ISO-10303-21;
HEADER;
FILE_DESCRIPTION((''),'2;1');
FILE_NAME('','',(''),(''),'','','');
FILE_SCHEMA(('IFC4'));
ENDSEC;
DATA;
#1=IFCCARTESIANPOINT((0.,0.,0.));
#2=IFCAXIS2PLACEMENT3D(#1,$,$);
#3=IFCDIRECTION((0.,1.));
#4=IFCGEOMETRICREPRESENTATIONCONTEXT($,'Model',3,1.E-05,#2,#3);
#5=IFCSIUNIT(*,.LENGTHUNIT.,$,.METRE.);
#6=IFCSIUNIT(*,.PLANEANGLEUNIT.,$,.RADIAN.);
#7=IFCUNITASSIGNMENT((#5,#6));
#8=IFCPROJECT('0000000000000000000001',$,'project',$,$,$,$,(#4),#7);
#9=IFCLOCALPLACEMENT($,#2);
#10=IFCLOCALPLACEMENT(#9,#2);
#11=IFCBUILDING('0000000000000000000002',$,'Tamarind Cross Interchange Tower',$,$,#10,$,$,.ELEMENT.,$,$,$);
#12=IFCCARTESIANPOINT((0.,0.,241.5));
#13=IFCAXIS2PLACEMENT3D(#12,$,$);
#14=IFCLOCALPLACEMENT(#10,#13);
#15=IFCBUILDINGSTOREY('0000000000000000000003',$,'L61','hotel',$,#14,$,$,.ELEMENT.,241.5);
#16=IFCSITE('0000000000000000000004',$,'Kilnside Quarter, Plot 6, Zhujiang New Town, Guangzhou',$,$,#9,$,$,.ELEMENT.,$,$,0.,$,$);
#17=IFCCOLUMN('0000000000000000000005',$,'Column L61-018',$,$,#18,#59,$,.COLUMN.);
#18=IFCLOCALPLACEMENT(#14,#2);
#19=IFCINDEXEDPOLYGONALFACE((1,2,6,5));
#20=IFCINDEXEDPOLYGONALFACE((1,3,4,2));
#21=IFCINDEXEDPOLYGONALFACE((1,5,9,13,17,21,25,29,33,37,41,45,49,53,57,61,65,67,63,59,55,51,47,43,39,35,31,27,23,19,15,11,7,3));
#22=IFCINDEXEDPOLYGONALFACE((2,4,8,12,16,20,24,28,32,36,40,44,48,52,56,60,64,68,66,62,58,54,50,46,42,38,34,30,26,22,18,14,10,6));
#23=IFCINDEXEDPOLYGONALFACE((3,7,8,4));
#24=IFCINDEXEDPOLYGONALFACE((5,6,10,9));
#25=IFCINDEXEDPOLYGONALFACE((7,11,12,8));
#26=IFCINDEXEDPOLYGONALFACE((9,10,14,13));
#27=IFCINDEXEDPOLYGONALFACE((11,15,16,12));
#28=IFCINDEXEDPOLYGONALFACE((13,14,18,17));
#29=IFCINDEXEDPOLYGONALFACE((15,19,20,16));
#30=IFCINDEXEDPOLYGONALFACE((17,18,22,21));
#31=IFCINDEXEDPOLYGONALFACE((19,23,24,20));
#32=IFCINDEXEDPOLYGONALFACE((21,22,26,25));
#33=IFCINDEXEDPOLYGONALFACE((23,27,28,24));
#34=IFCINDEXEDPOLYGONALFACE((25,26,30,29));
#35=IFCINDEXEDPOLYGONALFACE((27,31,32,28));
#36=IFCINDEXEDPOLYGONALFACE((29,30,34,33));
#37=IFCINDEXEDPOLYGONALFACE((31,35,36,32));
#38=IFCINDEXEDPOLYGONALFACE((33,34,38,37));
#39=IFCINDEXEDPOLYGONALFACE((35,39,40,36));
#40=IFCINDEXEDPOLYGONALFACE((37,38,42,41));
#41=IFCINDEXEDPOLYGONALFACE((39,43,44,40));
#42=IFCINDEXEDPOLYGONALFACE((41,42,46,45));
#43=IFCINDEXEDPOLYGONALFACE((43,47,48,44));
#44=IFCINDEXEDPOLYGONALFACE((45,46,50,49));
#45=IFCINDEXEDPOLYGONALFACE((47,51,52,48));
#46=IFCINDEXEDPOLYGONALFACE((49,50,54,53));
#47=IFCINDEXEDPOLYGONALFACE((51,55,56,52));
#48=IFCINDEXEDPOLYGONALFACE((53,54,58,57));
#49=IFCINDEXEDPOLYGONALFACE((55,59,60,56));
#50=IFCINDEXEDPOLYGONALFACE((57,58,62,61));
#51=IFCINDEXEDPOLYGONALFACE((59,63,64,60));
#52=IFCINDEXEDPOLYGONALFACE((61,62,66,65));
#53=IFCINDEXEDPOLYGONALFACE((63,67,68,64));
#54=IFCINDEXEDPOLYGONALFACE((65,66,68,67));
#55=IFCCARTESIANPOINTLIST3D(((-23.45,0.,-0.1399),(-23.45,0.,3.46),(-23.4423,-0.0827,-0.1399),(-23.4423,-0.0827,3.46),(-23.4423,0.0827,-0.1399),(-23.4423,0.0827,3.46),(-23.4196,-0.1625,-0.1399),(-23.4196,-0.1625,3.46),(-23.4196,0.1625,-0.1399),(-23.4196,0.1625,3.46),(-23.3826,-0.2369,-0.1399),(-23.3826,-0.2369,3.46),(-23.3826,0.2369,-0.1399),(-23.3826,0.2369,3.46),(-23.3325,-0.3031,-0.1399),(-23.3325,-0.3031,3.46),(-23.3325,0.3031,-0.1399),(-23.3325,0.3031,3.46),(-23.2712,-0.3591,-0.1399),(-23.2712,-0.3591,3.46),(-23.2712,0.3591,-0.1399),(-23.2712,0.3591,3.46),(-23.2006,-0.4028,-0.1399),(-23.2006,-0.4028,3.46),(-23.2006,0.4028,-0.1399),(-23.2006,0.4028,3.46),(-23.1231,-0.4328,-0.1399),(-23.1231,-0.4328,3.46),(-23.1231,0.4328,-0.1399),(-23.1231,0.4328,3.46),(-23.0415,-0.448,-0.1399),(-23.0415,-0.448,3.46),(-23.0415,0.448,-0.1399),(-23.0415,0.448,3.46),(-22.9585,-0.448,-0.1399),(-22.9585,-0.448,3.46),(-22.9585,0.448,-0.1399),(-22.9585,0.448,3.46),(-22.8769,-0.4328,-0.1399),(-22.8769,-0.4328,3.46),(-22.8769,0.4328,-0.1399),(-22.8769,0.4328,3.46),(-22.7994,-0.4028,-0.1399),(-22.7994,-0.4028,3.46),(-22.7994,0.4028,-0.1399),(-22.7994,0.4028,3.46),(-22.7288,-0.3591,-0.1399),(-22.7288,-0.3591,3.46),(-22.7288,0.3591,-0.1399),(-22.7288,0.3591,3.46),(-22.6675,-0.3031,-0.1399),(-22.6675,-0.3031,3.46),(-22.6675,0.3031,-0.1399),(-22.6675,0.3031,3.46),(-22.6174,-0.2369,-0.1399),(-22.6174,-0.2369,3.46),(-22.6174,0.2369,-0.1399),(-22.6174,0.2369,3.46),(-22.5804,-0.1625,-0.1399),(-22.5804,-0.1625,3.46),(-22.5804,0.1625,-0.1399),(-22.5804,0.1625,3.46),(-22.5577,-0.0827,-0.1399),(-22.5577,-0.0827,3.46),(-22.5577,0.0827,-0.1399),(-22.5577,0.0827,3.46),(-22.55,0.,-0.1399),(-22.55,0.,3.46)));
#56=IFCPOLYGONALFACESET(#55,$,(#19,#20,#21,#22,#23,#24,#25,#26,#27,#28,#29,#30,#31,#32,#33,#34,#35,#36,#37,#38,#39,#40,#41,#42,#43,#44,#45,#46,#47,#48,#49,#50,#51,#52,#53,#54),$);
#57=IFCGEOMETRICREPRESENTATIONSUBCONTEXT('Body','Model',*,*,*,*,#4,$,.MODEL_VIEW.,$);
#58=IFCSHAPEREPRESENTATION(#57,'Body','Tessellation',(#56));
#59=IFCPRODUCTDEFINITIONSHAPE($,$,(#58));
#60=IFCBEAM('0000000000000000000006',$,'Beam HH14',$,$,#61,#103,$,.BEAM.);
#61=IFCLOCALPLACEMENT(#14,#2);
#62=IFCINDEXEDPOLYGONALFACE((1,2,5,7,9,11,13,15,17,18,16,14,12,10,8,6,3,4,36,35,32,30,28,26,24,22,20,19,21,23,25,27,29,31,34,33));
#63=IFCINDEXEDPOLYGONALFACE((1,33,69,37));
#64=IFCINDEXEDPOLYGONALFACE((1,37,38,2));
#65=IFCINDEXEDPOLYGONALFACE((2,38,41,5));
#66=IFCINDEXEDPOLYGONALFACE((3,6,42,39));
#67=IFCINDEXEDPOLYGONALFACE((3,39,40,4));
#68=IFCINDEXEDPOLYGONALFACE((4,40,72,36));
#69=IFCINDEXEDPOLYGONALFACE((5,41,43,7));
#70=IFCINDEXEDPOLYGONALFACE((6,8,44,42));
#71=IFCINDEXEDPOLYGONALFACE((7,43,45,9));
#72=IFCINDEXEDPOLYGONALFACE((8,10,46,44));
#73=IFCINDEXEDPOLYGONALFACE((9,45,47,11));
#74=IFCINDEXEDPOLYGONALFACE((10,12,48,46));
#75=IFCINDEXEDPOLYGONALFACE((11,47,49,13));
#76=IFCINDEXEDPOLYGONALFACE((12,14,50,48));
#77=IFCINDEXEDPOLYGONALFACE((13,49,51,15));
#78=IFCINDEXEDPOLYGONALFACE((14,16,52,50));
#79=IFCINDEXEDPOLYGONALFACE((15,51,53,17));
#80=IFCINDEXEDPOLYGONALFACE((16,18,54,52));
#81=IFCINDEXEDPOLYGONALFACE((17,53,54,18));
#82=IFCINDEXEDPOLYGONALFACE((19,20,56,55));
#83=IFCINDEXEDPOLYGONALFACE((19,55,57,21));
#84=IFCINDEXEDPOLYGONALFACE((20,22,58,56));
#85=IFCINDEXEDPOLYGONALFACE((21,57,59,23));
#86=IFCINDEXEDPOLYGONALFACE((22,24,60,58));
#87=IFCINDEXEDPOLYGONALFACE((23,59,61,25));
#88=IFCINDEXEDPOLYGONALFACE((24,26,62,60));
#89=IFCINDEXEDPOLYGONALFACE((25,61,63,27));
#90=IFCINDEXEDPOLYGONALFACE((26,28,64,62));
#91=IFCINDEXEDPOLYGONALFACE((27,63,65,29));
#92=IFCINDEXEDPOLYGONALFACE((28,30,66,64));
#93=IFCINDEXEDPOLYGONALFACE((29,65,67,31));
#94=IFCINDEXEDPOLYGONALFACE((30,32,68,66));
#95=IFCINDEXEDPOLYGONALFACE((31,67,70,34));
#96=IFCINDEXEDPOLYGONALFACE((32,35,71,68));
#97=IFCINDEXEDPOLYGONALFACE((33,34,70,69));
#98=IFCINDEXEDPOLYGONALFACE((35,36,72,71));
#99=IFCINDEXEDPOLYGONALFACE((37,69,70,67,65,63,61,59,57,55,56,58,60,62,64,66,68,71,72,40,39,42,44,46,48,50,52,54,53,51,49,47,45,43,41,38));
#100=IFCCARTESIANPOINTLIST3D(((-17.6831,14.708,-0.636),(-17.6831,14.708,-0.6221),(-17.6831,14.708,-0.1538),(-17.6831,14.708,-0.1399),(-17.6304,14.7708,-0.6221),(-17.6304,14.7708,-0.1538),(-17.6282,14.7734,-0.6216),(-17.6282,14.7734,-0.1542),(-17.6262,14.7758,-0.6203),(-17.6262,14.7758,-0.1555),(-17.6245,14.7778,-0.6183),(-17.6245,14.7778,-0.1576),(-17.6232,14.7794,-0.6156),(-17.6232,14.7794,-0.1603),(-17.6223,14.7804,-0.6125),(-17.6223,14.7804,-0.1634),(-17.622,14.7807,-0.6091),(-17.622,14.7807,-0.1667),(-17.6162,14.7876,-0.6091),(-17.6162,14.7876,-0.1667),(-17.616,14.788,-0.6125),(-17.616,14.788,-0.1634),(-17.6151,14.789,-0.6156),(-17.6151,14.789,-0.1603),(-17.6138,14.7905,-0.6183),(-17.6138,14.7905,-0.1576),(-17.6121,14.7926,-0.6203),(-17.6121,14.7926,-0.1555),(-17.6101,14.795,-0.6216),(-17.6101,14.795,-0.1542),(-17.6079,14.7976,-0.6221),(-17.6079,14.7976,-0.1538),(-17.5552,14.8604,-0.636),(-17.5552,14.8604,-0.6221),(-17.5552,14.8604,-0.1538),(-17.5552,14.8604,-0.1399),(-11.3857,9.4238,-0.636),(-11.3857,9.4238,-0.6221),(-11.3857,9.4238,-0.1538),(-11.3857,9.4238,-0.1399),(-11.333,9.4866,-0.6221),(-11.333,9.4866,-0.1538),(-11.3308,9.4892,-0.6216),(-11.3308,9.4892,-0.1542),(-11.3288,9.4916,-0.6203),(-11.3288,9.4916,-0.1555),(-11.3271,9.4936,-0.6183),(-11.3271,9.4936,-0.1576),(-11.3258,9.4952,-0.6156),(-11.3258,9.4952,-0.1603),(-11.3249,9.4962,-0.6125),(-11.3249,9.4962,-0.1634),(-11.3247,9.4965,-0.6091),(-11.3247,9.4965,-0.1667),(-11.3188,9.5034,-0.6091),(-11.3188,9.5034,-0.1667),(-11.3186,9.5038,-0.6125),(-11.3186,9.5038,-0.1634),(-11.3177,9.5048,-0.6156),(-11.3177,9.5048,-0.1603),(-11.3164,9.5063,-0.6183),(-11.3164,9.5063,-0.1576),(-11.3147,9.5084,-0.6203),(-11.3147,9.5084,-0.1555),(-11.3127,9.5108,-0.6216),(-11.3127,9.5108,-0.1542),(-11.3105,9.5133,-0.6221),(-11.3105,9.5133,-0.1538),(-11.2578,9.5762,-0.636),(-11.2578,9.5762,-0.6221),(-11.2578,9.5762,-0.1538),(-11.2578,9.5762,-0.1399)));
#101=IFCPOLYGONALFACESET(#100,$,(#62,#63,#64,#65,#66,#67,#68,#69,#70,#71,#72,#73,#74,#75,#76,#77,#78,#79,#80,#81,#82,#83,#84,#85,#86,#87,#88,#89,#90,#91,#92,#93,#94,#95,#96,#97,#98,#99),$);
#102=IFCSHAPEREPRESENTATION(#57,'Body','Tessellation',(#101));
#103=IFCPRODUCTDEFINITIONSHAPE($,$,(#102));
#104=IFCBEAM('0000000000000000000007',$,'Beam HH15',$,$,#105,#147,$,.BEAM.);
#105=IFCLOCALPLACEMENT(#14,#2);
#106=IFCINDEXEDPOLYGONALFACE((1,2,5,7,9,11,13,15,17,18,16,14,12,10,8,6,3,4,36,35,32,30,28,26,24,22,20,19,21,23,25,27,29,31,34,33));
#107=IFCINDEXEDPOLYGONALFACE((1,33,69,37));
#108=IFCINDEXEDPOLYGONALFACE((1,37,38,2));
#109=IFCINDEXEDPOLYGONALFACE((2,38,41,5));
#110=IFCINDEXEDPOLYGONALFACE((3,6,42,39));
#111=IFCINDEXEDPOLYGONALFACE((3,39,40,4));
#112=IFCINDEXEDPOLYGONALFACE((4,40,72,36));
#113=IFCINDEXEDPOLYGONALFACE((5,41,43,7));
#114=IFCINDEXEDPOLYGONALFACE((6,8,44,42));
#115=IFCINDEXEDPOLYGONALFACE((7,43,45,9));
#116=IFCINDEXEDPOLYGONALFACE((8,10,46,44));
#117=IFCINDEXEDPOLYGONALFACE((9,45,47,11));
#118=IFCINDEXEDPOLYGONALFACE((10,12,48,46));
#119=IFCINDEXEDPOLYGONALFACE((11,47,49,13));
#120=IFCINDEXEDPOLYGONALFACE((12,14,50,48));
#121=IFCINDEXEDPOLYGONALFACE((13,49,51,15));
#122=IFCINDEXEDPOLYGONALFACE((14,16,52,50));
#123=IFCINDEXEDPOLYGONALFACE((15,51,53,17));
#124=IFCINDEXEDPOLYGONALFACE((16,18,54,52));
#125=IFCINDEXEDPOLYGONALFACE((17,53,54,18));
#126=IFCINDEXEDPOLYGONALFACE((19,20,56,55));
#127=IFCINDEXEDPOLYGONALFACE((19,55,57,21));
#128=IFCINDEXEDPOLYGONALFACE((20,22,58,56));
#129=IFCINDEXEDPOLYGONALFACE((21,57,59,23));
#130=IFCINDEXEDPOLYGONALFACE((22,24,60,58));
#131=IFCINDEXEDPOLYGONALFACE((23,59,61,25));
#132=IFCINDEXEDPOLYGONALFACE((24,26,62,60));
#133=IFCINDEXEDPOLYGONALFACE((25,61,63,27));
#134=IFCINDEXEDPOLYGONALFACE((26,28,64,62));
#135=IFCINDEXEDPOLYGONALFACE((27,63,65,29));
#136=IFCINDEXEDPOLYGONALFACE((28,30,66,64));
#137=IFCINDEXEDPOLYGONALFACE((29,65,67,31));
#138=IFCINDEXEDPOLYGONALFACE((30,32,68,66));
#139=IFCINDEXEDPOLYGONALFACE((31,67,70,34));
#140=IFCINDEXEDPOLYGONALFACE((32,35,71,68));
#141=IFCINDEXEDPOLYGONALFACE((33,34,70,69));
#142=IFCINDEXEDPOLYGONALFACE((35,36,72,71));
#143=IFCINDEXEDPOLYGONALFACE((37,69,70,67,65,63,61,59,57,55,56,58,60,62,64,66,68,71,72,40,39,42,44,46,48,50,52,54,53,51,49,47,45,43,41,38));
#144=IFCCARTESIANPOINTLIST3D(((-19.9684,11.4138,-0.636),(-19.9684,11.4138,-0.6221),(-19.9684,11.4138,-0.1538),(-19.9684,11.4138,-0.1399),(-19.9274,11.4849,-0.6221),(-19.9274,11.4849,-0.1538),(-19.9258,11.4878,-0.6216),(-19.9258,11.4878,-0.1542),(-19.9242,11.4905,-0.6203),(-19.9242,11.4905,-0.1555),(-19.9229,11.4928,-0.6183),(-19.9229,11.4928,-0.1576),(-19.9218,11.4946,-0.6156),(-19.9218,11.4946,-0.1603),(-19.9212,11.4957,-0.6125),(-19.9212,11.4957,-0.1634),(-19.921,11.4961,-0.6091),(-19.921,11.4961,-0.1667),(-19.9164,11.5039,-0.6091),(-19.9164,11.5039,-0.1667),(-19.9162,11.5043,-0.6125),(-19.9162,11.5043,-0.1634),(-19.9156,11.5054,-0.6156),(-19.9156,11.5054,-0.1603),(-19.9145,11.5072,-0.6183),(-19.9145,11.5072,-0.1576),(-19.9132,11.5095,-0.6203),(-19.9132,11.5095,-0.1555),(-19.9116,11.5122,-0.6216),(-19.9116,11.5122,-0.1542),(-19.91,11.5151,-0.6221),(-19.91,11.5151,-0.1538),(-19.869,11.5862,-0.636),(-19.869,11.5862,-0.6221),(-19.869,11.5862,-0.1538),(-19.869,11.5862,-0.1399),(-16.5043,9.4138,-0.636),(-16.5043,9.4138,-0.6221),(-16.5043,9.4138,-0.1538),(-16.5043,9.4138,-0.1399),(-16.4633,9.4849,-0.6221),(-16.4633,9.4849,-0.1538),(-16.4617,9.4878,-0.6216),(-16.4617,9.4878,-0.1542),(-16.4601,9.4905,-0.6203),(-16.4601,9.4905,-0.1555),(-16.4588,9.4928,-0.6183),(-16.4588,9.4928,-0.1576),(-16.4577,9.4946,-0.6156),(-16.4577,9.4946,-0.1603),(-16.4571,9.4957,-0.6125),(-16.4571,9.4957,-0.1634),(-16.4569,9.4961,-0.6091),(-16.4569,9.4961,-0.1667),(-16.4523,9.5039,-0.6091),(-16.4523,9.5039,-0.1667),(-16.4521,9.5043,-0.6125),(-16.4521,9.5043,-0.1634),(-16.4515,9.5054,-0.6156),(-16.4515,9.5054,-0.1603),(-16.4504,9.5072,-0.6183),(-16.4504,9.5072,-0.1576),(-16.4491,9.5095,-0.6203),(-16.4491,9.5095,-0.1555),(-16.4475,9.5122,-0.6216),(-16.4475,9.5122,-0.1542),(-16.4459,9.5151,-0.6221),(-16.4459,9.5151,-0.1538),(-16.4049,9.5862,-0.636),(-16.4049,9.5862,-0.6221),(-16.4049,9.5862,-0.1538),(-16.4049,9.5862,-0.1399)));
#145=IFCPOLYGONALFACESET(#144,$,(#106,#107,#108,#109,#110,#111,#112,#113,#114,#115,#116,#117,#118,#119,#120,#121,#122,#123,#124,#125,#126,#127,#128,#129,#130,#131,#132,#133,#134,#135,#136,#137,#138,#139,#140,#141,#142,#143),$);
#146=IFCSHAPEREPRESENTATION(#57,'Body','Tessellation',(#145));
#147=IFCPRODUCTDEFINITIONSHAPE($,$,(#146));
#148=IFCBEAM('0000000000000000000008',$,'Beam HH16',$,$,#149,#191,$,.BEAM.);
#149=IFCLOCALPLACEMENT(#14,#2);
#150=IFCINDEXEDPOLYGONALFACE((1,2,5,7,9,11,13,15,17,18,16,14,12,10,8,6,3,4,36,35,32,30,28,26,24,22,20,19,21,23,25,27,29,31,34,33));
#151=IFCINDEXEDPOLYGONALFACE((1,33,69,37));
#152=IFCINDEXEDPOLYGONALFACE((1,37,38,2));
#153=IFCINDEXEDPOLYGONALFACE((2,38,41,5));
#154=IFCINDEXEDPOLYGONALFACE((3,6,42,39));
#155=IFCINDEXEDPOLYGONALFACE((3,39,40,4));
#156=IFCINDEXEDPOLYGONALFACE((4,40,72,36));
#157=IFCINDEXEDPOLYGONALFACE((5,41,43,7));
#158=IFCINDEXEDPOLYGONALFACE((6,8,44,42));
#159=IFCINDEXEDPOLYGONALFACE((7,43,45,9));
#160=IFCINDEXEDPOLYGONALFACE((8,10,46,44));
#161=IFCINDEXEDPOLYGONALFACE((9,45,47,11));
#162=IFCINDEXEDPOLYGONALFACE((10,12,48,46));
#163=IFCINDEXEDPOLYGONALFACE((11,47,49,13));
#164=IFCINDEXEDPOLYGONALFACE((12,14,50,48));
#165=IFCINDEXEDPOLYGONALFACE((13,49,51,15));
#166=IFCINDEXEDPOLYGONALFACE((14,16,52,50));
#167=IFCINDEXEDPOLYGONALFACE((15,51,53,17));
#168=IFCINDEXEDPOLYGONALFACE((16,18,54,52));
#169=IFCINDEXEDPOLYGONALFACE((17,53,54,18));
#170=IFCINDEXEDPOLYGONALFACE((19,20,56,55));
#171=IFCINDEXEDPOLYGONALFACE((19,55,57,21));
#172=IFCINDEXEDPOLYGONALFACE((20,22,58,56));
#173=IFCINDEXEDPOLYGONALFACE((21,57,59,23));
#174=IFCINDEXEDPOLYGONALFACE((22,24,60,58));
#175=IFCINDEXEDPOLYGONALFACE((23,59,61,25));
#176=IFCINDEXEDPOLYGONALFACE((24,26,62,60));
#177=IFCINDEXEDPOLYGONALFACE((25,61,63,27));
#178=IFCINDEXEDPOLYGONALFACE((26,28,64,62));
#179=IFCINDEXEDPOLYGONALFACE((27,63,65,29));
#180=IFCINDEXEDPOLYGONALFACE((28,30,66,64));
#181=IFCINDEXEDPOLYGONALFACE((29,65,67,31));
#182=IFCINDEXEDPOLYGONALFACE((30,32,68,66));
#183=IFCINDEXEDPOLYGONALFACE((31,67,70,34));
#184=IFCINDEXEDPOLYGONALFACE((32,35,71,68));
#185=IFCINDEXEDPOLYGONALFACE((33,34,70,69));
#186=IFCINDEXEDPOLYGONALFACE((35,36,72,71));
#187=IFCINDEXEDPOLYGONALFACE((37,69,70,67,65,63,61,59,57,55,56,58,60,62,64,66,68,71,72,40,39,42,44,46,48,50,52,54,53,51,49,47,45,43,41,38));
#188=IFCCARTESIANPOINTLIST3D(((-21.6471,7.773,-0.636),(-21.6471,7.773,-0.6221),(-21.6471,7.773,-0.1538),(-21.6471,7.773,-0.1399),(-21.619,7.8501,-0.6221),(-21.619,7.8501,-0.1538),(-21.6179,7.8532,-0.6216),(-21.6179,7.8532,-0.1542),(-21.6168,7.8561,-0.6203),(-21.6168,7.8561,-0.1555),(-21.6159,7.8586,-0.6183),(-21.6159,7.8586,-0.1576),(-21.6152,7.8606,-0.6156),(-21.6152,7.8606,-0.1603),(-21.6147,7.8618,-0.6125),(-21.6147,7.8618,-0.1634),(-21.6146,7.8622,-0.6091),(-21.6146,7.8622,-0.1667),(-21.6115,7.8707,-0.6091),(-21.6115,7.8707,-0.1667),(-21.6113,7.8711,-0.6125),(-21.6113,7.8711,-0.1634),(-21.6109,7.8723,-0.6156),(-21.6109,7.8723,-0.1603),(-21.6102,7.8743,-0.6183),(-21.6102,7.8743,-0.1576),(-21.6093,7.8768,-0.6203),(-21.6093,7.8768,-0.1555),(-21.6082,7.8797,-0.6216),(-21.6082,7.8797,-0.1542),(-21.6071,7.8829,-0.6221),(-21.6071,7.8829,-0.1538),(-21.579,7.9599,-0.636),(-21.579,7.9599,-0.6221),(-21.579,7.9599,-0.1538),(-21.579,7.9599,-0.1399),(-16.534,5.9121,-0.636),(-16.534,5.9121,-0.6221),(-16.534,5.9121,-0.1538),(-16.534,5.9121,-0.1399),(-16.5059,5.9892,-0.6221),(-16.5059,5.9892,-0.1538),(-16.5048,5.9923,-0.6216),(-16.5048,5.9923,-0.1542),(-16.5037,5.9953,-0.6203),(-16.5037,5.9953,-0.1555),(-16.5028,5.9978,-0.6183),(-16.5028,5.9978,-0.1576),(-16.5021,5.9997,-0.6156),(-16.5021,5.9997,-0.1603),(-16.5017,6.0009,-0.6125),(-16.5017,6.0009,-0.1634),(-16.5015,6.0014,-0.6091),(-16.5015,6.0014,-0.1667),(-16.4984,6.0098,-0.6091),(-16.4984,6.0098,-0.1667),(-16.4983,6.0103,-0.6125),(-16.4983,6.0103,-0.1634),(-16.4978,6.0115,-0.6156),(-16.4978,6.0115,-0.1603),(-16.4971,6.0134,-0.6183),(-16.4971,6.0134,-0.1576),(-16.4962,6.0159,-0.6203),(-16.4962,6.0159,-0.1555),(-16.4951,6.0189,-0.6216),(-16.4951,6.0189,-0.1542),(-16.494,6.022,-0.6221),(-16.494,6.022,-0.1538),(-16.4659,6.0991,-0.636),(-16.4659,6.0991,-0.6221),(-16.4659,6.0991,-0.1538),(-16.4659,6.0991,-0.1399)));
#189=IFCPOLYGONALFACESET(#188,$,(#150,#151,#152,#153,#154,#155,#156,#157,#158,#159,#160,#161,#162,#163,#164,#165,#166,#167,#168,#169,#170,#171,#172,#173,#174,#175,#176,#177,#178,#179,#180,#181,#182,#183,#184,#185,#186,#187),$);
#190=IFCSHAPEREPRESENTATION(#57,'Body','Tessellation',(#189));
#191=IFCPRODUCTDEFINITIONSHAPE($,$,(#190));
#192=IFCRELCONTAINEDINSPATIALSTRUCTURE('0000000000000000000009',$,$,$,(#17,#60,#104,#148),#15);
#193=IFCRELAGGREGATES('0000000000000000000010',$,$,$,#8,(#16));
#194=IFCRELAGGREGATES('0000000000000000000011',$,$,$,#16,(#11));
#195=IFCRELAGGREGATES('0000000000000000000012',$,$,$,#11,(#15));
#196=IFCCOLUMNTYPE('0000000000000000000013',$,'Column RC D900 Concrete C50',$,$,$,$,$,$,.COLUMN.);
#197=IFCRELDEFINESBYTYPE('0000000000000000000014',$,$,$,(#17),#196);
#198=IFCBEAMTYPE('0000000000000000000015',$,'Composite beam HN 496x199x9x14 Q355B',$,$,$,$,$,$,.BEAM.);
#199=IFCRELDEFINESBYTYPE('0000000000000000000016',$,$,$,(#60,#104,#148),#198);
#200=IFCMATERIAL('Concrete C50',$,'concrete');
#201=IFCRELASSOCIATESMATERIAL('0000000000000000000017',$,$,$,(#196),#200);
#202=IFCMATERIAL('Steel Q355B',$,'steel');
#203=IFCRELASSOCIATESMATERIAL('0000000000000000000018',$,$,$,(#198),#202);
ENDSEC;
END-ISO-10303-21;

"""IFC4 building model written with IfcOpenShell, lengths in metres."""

from ifc_helpers import new_model, si_unit, direction, frame, origin, origin_2d, place, context, subcontext, project, spatial, circle, i_section, extrude, material, material_profile, profile_set, type_object, element, save


model = new_model("IFC4")

# Units and contexts
model_context = context("Model", 3, precision=1e-05, world=origin(), true_north=direction((0.0, 1.0)))
body_context = subcontext(model_context, "Body", "Model", "MODEL_VIEW")
ifc_project = project(units=[si_unit("LENGTHUNIT", "METRE"), si_unit("PLANEANGLEUNIT", "RADIAN")], contexts=[model_context])

# Site, building, storey
site_placement = place(None, origin())
site = spatial("IfcSite", under=ifc_project, at=site_placement, Name="Kilnside Quarter, Plot 6, Zhujiang New Town, Guangzhou", CompositionType="ELEMENT", RefElevation=0.0)
building_placement = place(site_placement, origin())
building = spatial("IfcBuilding", under=site, at=building_placement, Name="Tamarind Cross Interchange Tower", CompositionType="ELEMENT")
storey_placement = place(building_placement, frame((0.0, 0.0, 241.5)))
storey = spatial("IfcBuildingStorey", under=building, at=storey_placement, Name="L61", Description="hotel", CompositionType="ELEMENT", Elevation=241.5)

# Column
ifc_material_1 = material(Name="Concrete C50", Category="concrete")
ifc_material_profile_1 = material_profile(ifc_material_1, circle(Radius=0.45, at=origin_2d()), Name="RC D900")
ifc_profile_set_1 = profile_set([ifc_material_profile_1], Name="Concrete C50")
column_type = type_object("IfcColumnType", Name="Column RC D900 Concrete C50", PredefinedType="COLUMN", material=ifc_profile_set_1)
for number, where, z_axis, x_axis, name in (
    (1, (-23.0, 0.0, -0.1399), (0.0, 0.0, 1.0), (1.0, 0.0, 0.0), "Column L61-018"),
):
    element("IfcColumn", number, at=place(storey_placement, frame(where, z_axis=z_axis, x_axis=x_axis)), inside=storey, type_object=column_type, Name=name, PredefinedType="COLUMN", context=body_context, shape_type="SweptSolid", body=[
        extrude(circle(Radius=0.45, at=origin_2d()), origin(), (0.0, 0.0, 1.0), 3.5999),
    ])

# Beams
ifc_material_2 = material(Name="Steel Q355B", Category="steel")
ifc_material_profile_2 = material_profile(ifc_material_2, i_section(OverallWidth=0.199, OverallDepth=0.4961, WebThickness=0.009, FlangeThickness=0.0139, FilletRadius=0.0129, at=origin_2d()), Name="HN 496x199x9x14")
ifc_profile_set_2 = profile_set([ifc_material_profile_2], Name="Steel Q355B")
beam_type = type_object("IfcBeamType", Name="Composite beam HN 496x199x9x14 Q355B", PredefinedType="BEAM", material=ifc_profile_set_2)
beam_1_placement = place(storey_placement, frame((-17.6191, 14.7842, -0.3879), z_axis=(0.766041, -0.642792, 0.0), x_axis=(0.642792, 0.766041, 0.0)))
element("IfcBeam", 2, at=beam_1_placement, inside=storey, type_object=beam_type, Name="Beam HH14", PredefinedType="BEAM", context=body_context, shape_type="SweptSolid", body=[
    extrude(i_section(OverallWidth=0.199, OverallDepth=0.4961, WebThickness=0.009, FlangeThickness=0.0139, FilletRadius=0.0129, at=origin_2d()), origin(), (0.0, 0.0, 1.0), 8.2207),
])
beam_2_placement = place(storey_placement, frame((-19.9187, 11.5, -0.3879), z_axis=(0.866026, -0.499999, 0.0), x_axis=(0.499999, 0.866026, 0.0)))
element("IfcBeam", 3, at=beam_2_placement, inside=storey, type_object=beam_type, Name="Beam HH15", PredefinedType="BEAM", context=body_context, shape_type="SweptSolid", body=[
    extrude(i_section(OverallWidth=0.199, OverallDepth=0.4961, WebThickness=0.009, FlangeThickness=0.0139, FilletRadius=0.0129, at=origin_2d()), origin(), (0.0, 0.0, 1.0), 4.0),
])
beam_3_placement = place(storey_placement, frame((-21.613, 7.8665, -0.3879), z_axis=(0.939702, -0.341995, 0.0), x_axis=(0.341995, 0.939702, 0.0)))
element("IfcBeam", 4, at=beam_3_placement, inside=storey, type_object=beam_type, Name="Beam HH16", PredefinedType="BEAM", context=body_context, shape_type="SweptSolid", body=[
    extrude(i_section(OverallWidth=0.199, OverallDepth=0.4961, WebThickness=0.009, FlangeThickness=0.0139, FilletRadius=0.0129, at=origin_2d()), origin(), (0.0, 0.0, 1.0), 5.4412),
])

save(model, "model.ifc")
